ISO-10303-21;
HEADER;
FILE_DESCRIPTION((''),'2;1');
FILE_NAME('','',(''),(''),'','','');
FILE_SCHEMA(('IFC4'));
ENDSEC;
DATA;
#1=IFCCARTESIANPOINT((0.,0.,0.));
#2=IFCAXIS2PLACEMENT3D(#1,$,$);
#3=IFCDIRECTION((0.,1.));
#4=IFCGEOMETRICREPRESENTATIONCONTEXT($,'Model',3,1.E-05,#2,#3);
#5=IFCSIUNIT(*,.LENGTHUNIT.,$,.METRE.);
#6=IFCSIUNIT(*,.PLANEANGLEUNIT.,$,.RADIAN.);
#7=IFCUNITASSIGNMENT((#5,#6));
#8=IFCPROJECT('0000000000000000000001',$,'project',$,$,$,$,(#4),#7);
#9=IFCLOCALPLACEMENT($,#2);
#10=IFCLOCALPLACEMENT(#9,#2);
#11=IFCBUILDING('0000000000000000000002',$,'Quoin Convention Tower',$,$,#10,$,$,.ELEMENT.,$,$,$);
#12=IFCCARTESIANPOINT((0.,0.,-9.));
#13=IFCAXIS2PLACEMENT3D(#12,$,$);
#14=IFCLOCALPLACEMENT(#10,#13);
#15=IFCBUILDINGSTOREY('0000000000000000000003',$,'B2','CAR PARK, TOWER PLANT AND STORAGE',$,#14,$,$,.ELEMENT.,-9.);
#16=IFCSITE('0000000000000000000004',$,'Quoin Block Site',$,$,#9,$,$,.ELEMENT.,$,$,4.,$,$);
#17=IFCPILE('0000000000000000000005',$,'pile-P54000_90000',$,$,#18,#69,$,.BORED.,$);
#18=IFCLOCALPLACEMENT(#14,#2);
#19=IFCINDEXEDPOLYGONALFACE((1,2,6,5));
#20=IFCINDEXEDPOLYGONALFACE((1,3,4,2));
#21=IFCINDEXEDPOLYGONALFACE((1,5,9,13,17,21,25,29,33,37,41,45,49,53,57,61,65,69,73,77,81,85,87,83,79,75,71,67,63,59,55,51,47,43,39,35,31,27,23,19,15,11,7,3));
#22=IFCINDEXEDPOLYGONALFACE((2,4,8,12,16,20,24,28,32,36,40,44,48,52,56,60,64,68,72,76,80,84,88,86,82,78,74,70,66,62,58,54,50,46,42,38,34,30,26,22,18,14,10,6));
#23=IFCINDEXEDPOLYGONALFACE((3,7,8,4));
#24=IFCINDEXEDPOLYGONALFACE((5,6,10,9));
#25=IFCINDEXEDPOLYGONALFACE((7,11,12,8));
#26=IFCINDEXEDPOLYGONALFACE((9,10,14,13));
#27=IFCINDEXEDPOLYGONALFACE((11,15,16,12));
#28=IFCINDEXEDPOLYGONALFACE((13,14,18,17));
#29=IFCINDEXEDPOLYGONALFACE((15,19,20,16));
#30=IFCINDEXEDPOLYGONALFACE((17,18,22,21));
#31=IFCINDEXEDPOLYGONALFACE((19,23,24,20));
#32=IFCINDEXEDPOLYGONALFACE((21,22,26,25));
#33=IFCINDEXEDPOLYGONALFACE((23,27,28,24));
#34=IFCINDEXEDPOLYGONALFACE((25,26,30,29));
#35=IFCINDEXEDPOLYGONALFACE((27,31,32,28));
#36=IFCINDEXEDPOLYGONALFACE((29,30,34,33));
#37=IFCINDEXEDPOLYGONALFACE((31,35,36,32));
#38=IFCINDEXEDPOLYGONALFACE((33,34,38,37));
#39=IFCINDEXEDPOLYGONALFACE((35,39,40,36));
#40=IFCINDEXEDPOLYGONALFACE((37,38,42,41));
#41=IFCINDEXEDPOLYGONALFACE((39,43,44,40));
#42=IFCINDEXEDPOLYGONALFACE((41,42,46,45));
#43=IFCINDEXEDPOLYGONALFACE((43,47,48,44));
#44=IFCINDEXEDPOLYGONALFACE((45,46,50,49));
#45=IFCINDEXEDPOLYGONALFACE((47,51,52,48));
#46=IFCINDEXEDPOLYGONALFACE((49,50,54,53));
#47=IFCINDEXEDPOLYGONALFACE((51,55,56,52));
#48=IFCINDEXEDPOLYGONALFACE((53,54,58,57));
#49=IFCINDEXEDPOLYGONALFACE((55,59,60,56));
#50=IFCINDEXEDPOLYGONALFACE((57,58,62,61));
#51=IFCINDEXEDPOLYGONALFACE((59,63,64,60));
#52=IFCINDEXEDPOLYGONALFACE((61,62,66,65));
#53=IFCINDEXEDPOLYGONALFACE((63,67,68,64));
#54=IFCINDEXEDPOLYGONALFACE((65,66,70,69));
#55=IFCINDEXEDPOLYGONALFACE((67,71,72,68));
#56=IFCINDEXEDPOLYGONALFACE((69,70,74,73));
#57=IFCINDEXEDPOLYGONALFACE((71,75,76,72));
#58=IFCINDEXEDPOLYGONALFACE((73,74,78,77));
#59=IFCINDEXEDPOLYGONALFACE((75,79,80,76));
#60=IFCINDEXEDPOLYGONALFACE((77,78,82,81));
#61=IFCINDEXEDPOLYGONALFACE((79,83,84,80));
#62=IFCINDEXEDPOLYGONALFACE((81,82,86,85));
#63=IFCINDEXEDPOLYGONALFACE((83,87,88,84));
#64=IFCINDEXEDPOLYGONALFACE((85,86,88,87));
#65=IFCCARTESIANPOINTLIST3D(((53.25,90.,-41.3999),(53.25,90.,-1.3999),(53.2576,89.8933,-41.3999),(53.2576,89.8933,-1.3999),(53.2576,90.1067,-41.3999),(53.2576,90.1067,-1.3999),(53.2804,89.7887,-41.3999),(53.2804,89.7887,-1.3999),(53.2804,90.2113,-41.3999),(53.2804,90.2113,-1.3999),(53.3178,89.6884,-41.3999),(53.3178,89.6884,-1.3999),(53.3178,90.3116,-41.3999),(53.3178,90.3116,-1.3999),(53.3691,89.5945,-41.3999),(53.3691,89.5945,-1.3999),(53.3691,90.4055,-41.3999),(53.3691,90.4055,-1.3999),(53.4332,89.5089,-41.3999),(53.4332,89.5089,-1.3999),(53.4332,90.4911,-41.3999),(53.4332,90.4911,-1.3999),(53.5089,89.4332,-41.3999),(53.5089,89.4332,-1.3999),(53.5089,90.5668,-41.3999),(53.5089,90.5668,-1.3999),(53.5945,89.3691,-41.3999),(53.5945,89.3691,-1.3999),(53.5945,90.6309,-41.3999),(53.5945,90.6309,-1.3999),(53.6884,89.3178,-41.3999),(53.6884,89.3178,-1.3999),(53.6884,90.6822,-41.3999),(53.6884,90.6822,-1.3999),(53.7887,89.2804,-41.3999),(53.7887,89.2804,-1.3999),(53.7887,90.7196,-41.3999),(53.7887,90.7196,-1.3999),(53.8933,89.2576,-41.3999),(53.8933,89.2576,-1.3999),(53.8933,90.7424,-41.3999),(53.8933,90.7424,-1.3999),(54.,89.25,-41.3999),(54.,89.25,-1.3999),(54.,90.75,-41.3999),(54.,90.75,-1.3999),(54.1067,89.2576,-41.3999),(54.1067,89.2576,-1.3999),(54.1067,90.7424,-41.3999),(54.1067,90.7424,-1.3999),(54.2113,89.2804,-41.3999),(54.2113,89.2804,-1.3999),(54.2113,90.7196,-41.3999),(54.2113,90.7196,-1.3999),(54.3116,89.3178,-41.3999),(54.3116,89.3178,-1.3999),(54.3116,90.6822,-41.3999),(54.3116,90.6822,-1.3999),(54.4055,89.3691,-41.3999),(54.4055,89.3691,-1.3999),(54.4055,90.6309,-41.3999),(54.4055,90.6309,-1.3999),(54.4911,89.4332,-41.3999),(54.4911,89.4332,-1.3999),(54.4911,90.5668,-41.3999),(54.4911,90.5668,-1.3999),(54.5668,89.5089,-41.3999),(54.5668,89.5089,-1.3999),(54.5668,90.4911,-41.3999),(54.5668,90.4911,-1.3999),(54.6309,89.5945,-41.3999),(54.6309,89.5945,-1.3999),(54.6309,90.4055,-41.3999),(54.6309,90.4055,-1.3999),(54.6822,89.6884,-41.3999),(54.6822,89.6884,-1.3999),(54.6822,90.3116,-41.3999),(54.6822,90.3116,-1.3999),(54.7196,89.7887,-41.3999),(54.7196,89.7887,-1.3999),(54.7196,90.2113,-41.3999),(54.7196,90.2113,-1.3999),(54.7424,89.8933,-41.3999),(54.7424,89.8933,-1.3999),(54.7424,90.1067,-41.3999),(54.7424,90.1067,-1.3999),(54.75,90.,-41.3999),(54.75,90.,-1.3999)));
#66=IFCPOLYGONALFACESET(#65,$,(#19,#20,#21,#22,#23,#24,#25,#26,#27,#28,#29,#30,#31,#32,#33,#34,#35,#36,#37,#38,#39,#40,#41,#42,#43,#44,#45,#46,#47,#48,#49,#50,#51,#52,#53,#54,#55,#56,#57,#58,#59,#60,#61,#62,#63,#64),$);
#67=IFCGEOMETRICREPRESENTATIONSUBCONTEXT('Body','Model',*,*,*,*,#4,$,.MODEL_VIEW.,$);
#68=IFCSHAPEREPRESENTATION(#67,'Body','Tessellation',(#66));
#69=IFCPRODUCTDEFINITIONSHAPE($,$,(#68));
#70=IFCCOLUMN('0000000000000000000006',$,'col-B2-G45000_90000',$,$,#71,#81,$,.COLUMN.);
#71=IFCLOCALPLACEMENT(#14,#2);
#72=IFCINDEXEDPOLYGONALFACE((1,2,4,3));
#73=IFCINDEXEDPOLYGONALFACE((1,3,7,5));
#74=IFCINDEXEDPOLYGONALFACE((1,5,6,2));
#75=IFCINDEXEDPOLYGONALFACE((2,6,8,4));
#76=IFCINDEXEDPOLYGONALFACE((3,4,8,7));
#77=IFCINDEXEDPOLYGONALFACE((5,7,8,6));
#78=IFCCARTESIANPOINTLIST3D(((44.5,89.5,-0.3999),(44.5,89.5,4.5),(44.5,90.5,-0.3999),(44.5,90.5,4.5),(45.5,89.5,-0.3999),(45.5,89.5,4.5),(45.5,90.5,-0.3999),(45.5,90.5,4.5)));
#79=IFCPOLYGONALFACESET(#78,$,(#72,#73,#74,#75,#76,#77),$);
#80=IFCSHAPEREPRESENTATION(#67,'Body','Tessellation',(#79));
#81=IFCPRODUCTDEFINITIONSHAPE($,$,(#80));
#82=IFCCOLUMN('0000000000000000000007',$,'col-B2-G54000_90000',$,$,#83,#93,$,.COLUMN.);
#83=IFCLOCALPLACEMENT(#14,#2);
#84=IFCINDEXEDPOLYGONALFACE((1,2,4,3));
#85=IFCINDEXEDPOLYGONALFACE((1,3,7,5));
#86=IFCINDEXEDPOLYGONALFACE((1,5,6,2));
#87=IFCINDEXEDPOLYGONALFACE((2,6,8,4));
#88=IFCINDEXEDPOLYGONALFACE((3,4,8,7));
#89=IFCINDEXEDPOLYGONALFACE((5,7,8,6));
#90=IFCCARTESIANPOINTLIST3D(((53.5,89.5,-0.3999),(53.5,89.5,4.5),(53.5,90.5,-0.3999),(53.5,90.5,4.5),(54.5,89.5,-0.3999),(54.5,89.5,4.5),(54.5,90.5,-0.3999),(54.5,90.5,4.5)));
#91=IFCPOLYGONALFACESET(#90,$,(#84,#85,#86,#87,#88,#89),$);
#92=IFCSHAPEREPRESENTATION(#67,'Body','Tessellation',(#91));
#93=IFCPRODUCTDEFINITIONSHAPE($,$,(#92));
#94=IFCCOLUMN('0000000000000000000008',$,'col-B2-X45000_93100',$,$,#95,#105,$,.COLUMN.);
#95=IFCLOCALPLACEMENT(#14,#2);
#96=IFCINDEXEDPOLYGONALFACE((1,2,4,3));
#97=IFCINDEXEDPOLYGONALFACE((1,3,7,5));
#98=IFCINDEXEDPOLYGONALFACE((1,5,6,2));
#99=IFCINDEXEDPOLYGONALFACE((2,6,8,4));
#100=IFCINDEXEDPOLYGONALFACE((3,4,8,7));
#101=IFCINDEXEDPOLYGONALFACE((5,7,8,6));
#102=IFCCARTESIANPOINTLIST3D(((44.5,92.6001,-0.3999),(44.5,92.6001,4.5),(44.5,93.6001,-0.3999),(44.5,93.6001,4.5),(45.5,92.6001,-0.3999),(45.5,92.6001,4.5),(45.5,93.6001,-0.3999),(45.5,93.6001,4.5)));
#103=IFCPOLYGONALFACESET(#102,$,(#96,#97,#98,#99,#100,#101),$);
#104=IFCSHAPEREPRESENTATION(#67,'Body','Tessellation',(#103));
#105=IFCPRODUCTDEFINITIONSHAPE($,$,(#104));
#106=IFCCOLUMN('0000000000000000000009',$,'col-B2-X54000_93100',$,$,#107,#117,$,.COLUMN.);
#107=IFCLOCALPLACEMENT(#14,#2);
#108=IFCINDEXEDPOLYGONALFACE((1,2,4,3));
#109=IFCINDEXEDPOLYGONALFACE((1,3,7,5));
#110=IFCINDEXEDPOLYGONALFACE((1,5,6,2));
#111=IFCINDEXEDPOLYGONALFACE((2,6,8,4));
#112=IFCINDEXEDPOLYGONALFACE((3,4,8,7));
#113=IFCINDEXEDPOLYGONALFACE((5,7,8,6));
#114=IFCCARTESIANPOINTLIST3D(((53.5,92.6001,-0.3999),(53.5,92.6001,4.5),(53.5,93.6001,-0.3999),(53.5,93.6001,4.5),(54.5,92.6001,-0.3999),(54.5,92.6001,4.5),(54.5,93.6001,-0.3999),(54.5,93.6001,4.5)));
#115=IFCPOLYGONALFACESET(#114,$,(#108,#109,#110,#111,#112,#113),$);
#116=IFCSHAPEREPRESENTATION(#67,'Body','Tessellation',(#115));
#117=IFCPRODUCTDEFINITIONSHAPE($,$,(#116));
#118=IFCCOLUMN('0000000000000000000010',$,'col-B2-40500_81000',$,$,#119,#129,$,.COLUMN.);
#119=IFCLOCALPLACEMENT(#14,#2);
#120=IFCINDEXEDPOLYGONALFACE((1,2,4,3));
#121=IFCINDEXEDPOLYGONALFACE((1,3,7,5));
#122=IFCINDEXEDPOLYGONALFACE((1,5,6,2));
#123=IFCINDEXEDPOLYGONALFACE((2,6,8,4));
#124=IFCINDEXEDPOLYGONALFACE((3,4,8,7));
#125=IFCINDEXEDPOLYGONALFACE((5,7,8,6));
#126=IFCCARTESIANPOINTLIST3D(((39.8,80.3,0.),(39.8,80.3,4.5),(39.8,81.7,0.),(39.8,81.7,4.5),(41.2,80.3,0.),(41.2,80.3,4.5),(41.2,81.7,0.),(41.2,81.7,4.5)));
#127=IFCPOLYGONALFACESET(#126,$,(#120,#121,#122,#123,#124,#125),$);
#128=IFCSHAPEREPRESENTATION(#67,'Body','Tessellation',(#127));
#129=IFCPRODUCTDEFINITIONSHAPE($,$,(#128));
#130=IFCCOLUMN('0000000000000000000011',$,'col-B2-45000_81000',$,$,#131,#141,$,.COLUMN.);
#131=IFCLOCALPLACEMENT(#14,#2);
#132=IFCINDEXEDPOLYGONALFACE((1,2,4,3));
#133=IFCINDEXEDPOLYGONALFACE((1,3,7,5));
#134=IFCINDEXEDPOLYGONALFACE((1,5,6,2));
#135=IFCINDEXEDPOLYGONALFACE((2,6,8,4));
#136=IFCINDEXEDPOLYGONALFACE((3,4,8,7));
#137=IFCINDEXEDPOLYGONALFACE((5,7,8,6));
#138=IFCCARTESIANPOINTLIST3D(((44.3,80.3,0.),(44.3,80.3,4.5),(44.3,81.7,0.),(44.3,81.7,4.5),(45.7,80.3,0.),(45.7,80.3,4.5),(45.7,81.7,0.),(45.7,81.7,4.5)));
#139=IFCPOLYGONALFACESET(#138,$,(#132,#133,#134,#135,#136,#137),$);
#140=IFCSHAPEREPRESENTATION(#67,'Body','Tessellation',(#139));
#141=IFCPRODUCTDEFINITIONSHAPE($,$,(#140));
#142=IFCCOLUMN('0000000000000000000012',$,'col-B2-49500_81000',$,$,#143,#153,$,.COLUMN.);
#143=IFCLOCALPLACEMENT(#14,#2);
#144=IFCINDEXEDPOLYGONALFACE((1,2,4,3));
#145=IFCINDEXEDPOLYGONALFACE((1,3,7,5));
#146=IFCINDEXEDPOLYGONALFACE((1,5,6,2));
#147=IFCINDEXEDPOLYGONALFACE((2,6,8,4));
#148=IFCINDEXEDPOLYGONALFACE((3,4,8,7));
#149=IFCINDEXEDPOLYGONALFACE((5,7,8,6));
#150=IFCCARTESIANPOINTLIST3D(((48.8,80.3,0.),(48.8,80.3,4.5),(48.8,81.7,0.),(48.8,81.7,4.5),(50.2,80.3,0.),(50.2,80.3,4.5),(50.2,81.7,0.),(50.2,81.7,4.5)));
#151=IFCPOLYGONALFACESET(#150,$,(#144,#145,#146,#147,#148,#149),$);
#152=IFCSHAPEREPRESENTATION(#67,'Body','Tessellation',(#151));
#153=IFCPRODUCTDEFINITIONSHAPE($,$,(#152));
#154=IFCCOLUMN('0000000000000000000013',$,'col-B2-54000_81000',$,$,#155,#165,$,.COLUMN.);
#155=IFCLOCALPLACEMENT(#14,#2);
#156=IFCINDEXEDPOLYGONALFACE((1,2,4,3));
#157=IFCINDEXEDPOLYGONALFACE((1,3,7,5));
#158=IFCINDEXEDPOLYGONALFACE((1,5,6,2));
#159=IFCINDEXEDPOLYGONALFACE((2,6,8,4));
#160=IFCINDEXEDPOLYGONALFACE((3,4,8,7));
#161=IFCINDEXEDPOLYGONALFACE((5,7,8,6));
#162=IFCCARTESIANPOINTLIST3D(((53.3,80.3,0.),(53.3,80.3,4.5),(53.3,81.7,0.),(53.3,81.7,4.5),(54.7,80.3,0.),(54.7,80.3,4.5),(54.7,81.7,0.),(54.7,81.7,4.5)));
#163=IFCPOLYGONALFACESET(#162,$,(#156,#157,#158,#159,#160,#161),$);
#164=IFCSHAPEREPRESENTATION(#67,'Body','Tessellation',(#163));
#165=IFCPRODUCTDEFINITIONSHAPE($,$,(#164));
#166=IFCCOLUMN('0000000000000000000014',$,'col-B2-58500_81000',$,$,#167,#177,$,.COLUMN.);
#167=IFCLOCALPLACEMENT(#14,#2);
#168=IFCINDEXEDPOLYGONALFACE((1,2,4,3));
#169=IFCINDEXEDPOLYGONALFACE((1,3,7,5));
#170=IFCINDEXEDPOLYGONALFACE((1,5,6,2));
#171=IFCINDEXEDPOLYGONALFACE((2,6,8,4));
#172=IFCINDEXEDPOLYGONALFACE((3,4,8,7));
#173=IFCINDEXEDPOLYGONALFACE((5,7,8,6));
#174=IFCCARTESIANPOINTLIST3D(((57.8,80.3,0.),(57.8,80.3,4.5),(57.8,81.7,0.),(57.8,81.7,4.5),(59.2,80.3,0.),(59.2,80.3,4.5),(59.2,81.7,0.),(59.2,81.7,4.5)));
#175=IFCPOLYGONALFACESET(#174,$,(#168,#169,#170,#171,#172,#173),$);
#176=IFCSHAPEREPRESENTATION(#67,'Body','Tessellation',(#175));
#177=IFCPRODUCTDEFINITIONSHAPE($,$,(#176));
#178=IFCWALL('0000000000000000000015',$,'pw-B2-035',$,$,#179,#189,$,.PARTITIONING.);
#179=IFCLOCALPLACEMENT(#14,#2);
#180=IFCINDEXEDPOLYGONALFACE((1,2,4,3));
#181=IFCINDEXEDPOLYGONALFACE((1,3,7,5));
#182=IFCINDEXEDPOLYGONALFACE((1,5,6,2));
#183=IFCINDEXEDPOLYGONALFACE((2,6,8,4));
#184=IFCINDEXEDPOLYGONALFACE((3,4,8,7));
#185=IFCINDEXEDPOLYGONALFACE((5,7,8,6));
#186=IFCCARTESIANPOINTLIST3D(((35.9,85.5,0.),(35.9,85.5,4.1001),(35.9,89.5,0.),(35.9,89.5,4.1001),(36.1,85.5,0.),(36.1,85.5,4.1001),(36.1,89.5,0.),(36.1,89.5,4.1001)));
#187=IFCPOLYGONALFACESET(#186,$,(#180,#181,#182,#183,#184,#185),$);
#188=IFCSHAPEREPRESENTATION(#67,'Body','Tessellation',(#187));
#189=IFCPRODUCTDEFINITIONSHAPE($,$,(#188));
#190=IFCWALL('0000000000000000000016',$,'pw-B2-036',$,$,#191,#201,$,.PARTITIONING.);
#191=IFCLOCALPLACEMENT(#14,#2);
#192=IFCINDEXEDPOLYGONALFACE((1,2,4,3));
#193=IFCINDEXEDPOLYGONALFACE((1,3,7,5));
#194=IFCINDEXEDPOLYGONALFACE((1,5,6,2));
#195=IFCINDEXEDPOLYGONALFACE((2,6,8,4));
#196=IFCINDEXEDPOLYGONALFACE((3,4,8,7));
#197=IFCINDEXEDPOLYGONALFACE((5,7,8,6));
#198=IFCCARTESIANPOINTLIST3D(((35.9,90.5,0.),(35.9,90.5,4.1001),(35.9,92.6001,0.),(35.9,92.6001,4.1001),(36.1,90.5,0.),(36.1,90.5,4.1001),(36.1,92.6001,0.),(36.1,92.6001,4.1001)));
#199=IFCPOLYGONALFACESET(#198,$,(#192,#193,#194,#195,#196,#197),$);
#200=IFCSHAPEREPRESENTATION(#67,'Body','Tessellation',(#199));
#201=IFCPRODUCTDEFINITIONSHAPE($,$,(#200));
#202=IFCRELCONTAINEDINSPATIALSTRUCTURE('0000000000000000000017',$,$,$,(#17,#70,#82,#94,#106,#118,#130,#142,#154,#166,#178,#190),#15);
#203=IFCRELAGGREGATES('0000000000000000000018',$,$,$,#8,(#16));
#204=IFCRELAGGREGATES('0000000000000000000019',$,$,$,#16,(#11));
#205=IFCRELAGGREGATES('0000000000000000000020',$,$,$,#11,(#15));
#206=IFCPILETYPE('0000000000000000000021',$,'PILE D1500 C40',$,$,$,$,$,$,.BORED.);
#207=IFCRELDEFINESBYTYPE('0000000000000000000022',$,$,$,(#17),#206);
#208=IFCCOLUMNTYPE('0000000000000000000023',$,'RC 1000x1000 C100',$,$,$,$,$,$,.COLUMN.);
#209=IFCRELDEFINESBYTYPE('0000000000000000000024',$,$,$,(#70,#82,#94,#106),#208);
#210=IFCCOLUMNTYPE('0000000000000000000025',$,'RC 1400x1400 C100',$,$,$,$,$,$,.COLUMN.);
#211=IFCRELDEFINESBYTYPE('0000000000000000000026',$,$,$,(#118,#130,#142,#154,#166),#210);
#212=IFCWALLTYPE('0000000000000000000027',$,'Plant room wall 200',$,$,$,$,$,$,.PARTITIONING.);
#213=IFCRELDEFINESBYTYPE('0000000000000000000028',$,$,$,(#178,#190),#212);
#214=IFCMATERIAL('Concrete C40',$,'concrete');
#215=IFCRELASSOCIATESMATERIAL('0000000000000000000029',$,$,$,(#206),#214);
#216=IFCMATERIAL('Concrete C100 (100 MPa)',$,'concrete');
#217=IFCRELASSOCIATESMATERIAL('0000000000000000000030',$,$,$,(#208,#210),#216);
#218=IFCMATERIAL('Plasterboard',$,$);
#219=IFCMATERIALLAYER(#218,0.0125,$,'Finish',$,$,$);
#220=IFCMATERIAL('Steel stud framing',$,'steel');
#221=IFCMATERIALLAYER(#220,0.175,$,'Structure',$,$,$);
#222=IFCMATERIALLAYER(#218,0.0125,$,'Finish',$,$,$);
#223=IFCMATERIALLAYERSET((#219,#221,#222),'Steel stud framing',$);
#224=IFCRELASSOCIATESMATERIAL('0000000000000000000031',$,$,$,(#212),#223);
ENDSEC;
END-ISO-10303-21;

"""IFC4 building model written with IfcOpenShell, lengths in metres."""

from ifc_helpers import new_model, si_unit, direction, frame, frame_2d, origin, origin_2d, place, context, subcontext, project, spatial, rectangle, circle, extrude, material, layer, layer_set, material_profile, profile_set, type_object, element, save


model = new_model("IFC4")

# Units and contexts
model_context = context("Model", 3, precision=1e-05, world=origin(), true_north=direction((0.0, 1.0)))
body_context = subcontext(model_context, "Body", "Model", "MODEL_VIEW")
ifc_project = project(units=[si_unit("LENGTHUNIT", "METRE"), si_unit("PLANEANGLEUNIT", "RADIAN")], contexts=[model_context])

# Site, building, storey
site_placement = place(None, origin())
site = spatial("IfcSite", under=ifc_project, at=site_placement, Name="Quoin Block Site", CompositionType="ELEMENT", RefElevation=4.0)
building_placement = place(site_placement, origin())
building = spatial("IfcBuilding", under=site, at=building_placement, Name="Quoin Convention Tower", CompositionType="ELEMENT")
storey_placement = place(building_placement, frame((0.0, 0.0, -9.0)))
storey = spatial("IfcBuildingStorey", under=building, at=storey_placement, Name="B2", Description="CAR PARK, TOWER PLANT AND STORAGE", CompositionType="ELEMENT", Elevation=-9.0)

# Pile
ifc_material_1 = material(Name="Concrete C40", Category="concrete")
ifc_material_profile_1 = material_profile(ifc_material_1, circle(Radius=0.75, at=origin_2d()), Name="D1500")
ifc_profile_set_1 = profile_set([ifc_material_profile_1], Name="Concrete C40")
pile_type = type_object("IfcPileType", Name="PILE D1500 C40", PredefinedType="BORED", material=ifc_profile_set_1)
for number, where, z_axis, x_axis, name in (
    (1, (54.0, 90.0, -1.3999), (0.0, 0.0, -1.0), (1.0, 0.0, 0.0), "pile-P54000_90000"),
):
    element("IfcPile", number, at=place(storey_placement, frame(where, z_axis=z_axis, x_axis=x_axis)), inside=storey, type_object=pile_type, Name=name, PredefinedType="BORED", context=body_context, shape_type="SweptSolid", body=[
        extrude(circle(Radius=0.75, at=origin_2d()), origin(), (0.0, 0.0, 1.0), 40.0),
    ])

# Columns
ifc_material_2 = material(Name="Concrete C100 (100 MPa)", Category="concrete")
ifc_material_profile_2 = material_profile(ifc_material_2, rectangle(XDim=1.0, YDim=1.0, at=origin_2d()), Name="RC 1000x1000")
ifc_profile_set_2 = profile_set([ifc_material_profile_2], Name="Concrete C100 (100 MPa)")
column_type_1 = type_object("IfcColumnType", Name="RC 1000x1000 C100", PredefinedType="COLUMN", material=ifc_profile_set_2)
for number, where, z_axis, x_axis, name in (
    (2, (45.0, 90.0, -0.3999), (0.0, 0.0, 1.0), (1.0, 0.0, 0.0), "col-B2-G45000_90000"),
    (3, (54.0, 90.0, -0.3999), (0.0, 0.0, 1.0), (1.0, 0.0, 0.0), "col-B2-G54000_90000"),
    (4, (45.0, 93.1001, -0.3999), (0.0, 0.0, 1.0), (1.0, 0.0, 0.0), "col-B2-X45000_93100"),
    (5, (54.0, 93.1001, -0.3999), (0.0, 0.0, 1.0), (1.0, 0.0, 0.0), "col-B2-X54000_93100"),
):
    element("IfcColumn", number, at=place(storey_placement, frame(where, z_axis=z_axis, x_axis=x_axis)), inside=storey, type_object=column_type_1, Name=name, PredefinedType="COLUMN", context=body_context, shape_type="SweptSolid", body=[
        extrude(rectangle(XDim=1.0, YDim=1.0, at=origin_2d()), origin(), (0.0, 0.0, 1.0), 4.8999),
    ])
ifc_material_profile_3 = material_profile(ifc_material_2, rectangle(XDim=1.3999, YDim=1.3999, at=origin_2d()), Name="RC 1400x1400")
ifc_profile_set_3 = profile_set([ifc_material_profile_3], Name="Concrete C100 (100 MPa)")
column_type_2 = type_object("IfcColumnType", Name="RC 1400x1400 C100", PredefinedType="COLUMN", material=ifc_profile_set_3)
for number, where, z_axis, x_axis, name in (
    (6, (40.5, 81.0, 0.0), (0.0, 0.0, 1.0), (1.0, 0.0, 0.0), "col-B2-40500_81000"),
    (7, (45.0, 81.0, 0.0), (0.0, 0.0, 1.0), (1.0, 0.0, 0.0), "col-B2-45000_81000"),
    (8, (49.5, 81.0, 0.0), (0.0, 0.0, 1.0), (1.0, 0.0, 0.0), "col-B2-49500_81000"),
    (9, (54.0, 81.0, 0.0), (0.0, 0.0, 1.0), (1.0, 0.0, 0.0), "col-B2-54000_81000"),
    (10, (58.5, 81.0, 0.0), (0.0, 0.0, 1.0), (1.0, 0.0, 0.0), "col-B2-58500_81000"),
):
    element("IfcColumn", number, at=place(storey_placement, frame(where, z_axis=z_axis, x_axis=x_axis)), inside=storey, type_object=column_type_2, Name=name, PredefinedType="COLUMN", context=body_context, shape_type="SweptSolid", body=[
        extrude(rectangle(XDim=1.3999, YDim=1.3999, at=origin_2d()), origin(), (0.0, 0.0, 1.0), 4.5),
    ])

# Walls
ifc_material_3 = material(Name="Plasterboard")
ifc_layer_1 = layer(ifc_material_3, 0.0125, Name="Finish")
ifc_material_4 = material(Name="Steel stud framing", Category="steel")
ifc_layer_2 = layer(ifc_material_4, 0.175, Name="Structure")
ifc_layer_3 = layer(ifc_material_3, 0.0125, Name="Finish")
ifc_layer_set = layer_set([ifc_layer_1, ifc_layer_2, ifc_layer_3], Name="Steel stud framing")
wall_type = type_object("IfcWallType", Name="Plant room wall 200", PredefinedType="PARTITIONING", material=ifc_layer_set)
wall_1_placement = place(storey_placement, frame((36.0, 85.5, 0.0), z_axis=(0.0, 0.0, 1.0), x_axis=(0.0, 1.0, 0.0)))
element("IfcWall", 11, at=wall_1_placement, inside=storey, type_object=wall_type, Name="pw-B2-035", PredefinedType="PARTITIONING", context=body_context, shape_type="SweptSolid", body=[
    extrude(rectangle(XDim=4.0, YDim=0.2, at=frame_2d((2.0, 0.0))), origin(), (0.0, 0.0, 1.0), 4.1001),
])
wall_2_placement = place(storey_placement, frame((36.0, 90.5, 0.0), z_axis=(0.0, 0.0, 1.0), x_axis=(0.0, 1.0, 0.0)))
element("IfcWall", 12, at=wall_2_placement, inside=storey, type_object=wall_type, Name="pw-B2-036", PredefinedType="PARTITIONING", context=body_context, shape_type="SweptSolid", body=[
    extrude(rectangle(XDim=2.1001, YDim=0.2, at=frame_2d((1.05, 0.0))), origin(), (0.0, 0.0, 1.0), 4.1001),
])

save(model, "model.ifc")
